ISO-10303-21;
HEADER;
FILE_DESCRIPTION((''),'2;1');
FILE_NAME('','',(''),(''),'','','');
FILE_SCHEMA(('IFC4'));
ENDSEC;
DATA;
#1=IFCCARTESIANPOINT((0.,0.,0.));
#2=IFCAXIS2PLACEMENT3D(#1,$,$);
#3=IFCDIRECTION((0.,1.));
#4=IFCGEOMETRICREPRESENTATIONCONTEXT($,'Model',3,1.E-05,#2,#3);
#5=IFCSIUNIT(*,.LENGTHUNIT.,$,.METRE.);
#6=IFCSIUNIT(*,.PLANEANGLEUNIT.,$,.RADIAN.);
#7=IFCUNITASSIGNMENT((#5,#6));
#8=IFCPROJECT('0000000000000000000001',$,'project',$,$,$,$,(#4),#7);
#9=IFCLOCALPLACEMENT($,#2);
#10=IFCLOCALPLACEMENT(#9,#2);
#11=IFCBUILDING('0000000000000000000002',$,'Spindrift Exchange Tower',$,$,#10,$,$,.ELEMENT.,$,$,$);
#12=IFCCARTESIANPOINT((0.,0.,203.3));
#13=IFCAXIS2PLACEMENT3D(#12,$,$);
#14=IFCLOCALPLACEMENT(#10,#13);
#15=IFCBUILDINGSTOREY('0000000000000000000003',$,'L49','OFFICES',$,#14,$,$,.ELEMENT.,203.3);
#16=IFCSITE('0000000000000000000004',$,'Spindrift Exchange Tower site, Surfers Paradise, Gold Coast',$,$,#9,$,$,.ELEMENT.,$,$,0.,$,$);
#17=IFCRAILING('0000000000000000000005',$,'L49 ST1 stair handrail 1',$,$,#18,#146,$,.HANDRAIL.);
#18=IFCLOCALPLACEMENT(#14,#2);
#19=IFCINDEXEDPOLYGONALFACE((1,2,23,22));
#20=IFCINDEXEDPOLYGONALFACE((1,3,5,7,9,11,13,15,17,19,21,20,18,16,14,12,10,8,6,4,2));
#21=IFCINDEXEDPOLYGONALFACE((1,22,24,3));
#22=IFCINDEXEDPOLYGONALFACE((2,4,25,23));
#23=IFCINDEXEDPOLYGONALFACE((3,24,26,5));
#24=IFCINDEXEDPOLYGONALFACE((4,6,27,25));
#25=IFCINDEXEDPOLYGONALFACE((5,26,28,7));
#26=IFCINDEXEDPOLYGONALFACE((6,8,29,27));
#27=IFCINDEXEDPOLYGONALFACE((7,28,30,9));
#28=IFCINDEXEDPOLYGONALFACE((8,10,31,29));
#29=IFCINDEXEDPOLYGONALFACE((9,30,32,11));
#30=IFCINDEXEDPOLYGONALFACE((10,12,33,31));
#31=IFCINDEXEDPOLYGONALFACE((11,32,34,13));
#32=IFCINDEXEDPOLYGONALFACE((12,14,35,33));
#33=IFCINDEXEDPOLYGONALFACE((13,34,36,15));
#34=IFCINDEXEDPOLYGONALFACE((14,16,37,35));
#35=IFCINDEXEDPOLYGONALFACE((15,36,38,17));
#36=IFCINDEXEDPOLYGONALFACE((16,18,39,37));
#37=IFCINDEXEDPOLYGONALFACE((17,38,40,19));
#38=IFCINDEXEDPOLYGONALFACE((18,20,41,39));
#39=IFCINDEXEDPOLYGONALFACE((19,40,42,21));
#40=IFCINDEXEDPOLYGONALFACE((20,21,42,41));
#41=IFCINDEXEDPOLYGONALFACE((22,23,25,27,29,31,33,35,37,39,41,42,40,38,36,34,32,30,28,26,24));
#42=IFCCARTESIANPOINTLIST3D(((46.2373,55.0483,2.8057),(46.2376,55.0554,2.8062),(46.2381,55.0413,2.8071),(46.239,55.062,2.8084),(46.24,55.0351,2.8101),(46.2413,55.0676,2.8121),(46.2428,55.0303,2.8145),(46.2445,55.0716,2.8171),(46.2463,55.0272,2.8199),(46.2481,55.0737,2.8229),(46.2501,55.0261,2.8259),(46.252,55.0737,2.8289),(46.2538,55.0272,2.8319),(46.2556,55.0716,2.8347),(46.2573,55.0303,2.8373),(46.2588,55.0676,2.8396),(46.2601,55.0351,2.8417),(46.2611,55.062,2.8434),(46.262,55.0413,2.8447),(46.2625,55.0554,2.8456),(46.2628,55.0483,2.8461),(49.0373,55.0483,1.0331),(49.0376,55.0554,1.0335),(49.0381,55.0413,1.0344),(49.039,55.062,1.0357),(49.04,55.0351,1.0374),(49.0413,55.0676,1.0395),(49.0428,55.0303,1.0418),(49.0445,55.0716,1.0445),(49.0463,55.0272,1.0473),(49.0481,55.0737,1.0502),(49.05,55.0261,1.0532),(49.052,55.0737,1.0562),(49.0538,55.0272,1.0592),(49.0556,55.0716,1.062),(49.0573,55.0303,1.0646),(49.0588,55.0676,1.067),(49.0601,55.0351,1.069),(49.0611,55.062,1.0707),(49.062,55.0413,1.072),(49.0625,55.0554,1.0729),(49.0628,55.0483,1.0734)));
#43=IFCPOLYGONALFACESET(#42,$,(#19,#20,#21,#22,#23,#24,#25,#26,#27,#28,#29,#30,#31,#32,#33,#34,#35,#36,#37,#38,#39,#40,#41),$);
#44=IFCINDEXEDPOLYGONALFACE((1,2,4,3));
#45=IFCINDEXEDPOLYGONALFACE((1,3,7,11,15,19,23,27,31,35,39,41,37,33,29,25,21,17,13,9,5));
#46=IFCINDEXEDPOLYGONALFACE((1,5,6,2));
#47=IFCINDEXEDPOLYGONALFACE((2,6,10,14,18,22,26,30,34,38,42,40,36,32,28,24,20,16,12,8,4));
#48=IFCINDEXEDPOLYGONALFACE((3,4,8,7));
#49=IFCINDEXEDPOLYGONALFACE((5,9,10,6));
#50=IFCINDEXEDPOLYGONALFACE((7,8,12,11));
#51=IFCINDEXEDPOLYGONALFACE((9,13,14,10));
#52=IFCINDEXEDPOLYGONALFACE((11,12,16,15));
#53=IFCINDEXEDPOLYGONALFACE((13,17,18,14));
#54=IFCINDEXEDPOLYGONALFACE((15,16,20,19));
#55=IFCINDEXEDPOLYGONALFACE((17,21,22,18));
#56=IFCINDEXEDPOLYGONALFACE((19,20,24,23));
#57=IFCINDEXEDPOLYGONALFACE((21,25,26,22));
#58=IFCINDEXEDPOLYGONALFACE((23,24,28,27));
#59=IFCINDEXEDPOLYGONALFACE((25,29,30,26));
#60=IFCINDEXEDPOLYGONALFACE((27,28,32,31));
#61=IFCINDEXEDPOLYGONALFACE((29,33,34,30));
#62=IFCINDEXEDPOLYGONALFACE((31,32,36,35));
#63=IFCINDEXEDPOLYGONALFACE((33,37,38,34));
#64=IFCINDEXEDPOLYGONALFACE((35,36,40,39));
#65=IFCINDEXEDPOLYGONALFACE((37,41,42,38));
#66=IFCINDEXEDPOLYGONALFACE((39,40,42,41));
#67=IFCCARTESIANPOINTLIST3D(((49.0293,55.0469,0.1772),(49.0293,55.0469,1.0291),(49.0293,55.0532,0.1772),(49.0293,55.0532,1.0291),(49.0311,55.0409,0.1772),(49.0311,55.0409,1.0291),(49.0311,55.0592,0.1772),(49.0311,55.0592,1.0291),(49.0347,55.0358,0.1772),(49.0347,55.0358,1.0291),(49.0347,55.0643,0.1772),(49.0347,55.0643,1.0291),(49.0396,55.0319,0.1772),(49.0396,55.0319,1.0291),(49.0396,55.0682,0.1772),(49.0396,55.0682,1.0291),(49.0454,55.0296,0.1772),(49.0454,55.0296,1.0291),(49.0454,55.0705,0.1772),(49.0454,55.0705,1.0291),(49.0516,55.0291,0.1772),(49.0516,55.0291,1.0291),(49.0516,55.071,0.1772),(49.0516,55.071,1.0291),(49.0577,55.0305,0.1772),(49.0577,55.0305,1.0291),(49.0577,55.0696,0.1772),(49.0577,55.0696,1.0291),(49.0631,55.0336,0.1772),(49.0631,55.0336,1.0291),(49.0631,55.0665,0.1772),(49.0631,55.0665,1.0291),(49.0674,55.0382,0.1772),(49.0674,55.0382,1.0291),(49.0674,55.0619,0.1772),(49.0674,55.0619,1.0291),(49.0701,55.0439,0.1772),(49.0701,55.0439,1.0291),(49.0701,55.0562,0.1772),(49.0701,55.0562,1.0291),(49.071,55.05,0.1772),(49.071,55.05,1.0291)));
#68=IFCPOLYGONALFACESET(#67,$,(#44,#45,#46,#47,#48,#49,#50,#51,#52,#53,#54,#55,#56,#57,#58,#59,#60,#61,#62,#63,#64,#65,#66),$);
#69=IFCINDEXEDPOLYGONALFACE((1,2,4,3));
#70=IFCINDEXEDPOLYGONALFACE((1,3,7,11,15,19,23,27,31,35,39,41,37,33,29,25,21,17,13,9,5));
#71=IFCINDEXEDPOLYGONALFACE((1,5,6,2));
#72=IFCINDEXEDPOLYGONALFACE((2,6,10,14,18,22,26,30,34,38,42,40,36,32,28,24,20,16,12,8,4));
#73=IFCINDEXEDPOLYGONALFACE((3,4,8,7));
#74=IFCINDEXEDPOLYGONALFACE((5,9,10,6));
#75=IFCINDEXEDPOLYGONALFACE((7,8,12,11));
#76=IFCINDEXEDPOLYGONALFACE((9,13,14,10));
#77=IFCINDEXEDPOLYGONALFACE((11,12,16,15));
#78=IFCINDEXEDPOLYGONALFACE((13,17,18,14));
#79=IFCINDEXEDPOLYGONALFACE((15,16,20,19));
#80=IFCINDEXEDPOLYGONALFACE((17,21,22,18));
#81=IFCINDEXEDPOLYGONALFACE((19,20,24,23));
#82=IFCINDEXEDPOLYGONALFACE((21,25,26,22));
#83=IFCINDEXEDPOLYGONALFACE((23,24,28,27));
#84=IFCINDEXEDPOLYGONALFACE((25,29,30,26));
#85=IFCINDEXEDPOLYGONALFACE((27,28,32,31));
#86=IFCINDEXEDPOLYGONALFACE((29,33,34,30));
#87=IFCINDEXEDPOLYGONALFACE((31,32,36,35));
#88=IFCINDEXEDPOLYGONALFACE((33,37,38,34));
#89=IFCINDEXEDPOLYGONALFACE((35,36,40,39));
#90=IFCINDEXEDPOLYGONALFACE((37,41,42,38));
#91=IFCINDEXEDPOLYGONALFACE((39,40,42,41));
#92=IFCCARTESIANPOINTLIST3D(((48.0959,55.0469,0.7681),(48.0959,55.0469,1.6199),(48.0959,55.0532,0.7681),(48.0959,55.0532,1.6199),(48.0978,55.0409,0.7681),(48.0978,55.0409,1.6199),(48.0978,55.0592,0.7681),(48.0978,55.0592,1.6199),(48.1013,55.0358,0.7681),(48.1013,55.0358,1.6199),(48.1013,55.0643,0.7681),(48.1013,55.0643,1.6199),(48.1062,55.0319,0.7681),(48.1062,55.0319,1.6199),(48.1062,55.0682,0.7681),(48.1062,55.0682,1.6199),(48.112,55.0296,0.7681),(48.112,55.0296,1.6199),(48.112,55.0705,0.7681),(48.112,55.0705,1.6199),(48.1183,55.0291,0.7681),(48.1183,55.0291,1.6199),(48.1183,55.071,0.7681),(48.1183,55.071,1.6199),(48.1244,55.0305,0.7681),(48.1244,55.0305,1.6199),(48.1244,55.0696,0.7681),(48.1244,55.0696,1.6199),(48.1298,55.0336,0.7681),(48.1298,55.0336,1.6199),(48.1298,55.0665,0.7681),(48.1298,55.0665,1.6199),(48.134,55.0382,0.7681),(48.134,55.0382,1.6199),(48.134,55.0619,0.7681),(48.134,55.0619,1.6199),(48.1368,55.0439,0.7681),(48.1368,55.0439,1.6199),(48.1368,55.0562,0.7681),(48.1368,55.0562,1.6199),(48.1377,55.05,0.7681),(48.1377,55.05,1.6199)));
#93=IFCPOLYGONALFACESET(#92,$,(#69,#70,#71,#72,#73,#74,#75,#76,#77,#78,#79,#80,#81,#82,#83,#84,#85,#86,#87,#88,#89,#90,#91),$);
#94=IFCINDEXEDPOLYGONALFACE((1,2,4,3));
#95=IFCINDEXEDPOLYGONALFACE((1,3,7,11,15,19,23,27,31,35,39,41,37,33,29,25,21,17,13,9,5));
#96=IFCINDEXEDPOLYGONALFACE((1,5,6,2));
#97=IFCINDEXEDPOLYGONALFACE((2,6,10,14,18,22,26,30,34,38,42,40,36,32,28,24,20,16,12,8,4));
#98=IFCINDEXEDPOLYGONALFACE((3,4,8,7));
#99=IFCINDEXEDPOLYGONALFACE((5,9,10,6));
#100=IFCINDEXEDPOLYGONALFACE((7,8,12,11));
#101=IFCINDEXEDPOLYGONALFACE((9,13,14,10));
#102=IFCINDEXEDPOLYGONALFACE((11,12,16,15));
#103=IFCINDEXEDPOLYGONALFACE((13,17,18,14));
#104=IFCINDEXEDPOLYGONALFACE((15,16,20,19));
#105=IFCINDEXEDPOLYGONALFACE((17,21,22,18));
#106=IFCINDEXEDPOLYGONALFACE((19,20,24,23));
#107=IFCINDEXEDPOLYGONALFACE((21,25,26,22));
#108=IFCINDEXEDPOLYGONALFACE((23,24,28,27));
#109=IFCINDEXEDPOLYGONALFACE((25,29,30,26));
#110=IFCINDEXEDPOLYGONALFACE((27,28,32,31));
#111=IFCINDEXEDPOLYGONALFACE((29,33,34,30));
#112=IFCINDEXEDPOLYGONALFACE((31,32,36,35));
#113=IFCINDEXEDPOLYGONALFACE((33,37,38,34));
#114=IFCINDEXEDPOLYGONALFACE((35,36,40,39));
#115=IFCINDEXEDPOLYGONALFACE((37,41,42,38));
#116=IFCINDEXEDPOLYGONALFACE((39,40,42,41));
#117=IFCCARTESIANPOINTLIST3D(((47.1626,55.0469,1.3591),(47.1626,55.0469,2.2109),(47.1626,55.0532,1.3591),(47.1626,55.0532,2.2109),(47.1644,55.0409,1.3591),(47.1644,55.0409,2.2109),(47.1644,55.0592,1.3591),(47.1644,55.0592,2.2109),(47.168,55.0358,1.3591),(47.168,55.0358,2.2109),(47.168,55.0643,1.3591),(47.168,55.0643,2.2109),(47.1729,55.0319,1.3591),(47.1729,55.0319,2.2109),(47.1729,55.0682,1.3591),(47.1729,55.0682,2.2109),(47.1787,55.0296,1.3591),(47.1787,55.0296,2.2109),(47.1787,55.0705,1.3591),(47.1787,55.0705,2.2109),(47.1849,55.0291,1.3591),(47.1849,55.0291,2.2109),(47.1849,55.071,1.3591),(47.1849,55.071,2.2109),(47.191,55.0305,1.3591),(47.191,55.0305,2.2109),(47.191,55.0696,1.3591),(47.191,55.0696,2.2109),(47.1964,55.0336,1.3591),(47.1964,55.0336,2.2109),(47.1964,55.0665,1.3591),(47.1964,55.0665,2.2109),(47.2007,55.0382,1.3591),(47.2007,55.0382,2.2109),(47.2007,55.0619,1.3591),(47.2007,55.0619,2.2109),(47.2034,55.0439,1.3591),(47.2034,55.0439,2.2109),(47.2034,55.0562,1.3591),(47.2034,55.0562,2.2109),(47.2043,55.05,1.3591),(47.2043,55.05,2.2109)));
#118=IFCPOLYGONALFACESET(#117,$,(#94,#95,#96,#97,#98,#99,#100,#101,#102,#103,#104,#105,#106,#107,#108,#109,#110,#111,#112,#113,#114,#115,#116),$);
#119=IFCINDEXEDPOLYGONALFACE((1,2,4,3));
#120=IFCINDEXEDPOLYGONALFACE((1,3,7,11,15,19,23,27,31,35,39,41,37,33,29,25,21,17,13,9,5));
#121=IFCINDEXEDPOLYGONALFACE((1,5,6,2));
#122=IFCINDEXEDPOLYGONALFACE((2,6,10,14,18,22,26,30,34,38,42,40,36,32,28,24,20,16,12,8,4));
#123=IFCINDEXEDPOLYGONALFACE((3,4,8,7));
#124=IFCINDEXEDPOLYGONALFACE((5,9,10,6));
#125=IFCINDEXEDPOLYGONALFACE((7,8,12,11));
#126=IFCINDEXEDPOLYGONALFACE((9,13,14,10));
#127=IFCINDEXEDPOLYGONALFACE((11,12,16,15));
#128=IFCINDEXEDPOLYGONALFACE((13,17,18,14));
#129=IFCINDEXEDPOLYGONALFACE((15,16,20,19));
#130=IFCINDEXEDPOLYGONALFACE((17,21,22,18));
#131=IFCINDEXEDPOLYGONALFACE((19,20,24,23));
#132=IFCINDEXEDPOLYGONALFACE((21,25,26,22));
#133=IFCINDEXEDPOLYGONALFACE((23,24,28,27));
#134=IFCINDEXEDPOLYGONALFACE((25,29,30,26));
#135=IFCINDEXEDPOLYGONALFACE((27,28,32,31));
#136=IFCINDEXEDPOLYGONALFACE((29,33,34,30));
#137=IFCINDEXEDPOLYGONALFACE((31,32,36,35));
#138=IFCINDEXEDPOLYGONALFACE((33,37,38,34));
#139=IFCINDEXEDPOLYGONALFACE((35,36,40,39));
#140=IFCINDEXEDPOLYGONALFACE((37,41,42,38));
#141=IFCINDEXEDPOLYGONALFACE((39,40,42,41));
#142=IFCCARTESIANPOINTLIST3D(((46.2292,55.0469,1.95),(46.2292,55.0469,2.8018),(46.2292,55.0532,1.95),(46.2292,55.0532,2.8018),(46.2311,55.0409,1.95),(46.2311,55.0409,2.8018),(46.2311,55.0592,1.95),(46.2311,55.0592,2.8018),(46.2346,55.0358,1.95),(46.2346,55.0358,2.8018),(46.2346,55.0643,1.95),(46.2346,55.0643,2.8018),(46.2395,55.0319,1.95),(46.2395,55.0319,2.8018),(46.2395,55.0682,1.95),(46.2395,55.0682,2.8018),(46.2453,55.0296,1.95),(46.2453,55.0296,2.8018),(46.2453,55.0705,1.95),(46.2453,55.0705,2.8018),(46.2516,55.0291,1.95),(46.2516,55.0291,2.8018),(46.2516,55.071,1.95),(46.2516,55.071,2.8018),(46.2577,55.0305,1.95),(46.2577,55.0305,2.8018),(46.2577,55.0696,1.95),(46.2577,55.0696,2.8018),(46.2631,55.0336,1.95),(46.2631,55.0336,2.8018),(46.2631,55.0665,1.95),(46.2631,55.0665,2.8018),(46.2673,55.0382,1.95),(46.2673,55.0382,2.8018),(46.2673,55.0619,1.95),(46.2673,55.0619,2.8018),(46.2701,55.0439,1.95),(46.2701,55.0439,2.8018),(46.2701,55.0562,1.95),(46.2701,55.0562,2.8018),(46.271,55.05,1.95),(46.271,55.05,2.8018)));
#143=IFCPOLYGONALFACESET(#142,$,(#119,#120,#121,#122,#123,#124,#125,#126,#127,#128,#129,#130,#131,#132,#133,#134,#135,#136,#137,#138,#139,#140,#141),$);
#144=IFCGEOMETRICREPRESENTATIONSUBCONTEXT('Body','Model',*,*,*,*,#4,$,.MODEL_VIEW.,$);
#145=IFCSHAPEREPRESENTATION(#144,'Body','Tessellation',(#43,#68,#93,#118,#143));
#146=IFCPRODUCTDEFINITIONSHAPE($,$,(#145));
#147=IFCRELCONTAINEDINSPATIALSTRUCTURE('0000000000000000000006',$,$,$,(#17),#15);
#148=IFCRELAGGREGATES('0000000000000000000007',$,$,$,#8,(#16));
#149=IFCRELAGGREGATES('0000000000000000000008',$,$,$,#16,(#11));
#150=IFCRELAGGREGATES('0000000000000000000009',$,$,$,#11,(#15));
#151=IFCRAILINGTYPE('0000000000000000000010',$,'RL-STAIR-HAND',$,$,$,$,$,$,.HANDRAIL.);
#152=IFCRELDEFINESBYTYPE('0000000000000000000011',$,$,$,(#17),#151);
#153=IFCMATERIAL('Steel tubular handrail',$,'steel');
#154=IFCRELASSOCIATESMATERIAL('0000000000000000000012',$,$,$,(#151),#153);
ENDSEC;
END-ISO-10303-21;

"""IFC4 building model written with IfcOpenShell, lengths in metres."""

from ifc_helpers import new_model, si_unit, direction, frame, origin, origin_2d, place, context, subcontext, project, spatial, circle, extrude, material, type_object, element, save


model = new_model("IFC4")

# Units and contexts
model_context = context("Model", 3, precision=1e-05, world=origin(), true_north=direction((0.0, 1.0)))
body_context = subcontext(model_context, "Body", "Model", "MODEL_VIEW")
ifc_project = project(units=[si_unit("LENGTHUNIT", "METRE"), si_unit("PLANEANGLEUNIT", "RADIAN")], contexts=[model_context])

# Site, building, storey
site_placement = place(None, origin())
site = spatial("IfcSite", under=ifc_project, at=site_placement, Name="Spindrift Exchange Tower site, Surfers Paradise, Gold Coast", CompositionType="ELEMENT", RefElevation=0.0)
building_placement = place(site_placement, origin())
building = spatial("IfcBuilding", under=site, at=building_placement, Name="Spindrift Exchange Tower", CompositionType="ELEMENT")
storey_placement = place(building_placement, frame((0.0, 0.0, 203.3)))
storey = spatial("IfcBuildingStorey", under=building, at=storey_placement, Name="L49", Description="OFFICES", CompositionType="ELEMENT", Elevation=203.3)

# Railing
ifc_material_1 = material(Name="Steel tubular handrail", Category="steel")
railing_type_1 = type_object("IfcRailingType", Name="RL-STAIR-HAND", PredefinedType="HANDRAIL", material=ifc_material_1)
railing_1_placement = place(storey_placement, frame((49.05, 55.05, 0.1772)))
element("IfcRailing", 1, at=railing_1_placement, inside=storey, type_object=railing_type_1, Name="L49 ST1 stair handrail 1", PredefinedType="HANDRAIL", context=body_context, shape_type="SweptSolid", body=[
    extrude(circle(Radius=0.0239, at=origin_2d()), frame((0.0, 0.0, 0.876), z_axis=(-0.844909, 0.0, 0.53491), x_axis=(0.0, -1.0, 0.0)), (0.0, 0.0, 1.0), 3.314),
    extrude(circle(Radius=0.021, at=origin_2d()), origin(), (0.0, 0.0, 1.0), 0.8518),
    extrude(circle(Radius=0.021, at=origin_2d()), frame((-0.9333, 0.0, 0.5908)), (0.0, 0.0, 1.0), 0.8518),
    extrude(circle(Radius=0.021, at=origin_2d()), frame((-1.8667, 0.0, 1.1819)), (0.0, 0.0, 1.0), 0.8518),
    extrude(circle(Radius=0.021, at=origin_2d()), frame((-2.8, 0.0, 1.7727)), (0.0, 0.0, 1.0), 0.8518),
])

save(model, "model.ifc")
